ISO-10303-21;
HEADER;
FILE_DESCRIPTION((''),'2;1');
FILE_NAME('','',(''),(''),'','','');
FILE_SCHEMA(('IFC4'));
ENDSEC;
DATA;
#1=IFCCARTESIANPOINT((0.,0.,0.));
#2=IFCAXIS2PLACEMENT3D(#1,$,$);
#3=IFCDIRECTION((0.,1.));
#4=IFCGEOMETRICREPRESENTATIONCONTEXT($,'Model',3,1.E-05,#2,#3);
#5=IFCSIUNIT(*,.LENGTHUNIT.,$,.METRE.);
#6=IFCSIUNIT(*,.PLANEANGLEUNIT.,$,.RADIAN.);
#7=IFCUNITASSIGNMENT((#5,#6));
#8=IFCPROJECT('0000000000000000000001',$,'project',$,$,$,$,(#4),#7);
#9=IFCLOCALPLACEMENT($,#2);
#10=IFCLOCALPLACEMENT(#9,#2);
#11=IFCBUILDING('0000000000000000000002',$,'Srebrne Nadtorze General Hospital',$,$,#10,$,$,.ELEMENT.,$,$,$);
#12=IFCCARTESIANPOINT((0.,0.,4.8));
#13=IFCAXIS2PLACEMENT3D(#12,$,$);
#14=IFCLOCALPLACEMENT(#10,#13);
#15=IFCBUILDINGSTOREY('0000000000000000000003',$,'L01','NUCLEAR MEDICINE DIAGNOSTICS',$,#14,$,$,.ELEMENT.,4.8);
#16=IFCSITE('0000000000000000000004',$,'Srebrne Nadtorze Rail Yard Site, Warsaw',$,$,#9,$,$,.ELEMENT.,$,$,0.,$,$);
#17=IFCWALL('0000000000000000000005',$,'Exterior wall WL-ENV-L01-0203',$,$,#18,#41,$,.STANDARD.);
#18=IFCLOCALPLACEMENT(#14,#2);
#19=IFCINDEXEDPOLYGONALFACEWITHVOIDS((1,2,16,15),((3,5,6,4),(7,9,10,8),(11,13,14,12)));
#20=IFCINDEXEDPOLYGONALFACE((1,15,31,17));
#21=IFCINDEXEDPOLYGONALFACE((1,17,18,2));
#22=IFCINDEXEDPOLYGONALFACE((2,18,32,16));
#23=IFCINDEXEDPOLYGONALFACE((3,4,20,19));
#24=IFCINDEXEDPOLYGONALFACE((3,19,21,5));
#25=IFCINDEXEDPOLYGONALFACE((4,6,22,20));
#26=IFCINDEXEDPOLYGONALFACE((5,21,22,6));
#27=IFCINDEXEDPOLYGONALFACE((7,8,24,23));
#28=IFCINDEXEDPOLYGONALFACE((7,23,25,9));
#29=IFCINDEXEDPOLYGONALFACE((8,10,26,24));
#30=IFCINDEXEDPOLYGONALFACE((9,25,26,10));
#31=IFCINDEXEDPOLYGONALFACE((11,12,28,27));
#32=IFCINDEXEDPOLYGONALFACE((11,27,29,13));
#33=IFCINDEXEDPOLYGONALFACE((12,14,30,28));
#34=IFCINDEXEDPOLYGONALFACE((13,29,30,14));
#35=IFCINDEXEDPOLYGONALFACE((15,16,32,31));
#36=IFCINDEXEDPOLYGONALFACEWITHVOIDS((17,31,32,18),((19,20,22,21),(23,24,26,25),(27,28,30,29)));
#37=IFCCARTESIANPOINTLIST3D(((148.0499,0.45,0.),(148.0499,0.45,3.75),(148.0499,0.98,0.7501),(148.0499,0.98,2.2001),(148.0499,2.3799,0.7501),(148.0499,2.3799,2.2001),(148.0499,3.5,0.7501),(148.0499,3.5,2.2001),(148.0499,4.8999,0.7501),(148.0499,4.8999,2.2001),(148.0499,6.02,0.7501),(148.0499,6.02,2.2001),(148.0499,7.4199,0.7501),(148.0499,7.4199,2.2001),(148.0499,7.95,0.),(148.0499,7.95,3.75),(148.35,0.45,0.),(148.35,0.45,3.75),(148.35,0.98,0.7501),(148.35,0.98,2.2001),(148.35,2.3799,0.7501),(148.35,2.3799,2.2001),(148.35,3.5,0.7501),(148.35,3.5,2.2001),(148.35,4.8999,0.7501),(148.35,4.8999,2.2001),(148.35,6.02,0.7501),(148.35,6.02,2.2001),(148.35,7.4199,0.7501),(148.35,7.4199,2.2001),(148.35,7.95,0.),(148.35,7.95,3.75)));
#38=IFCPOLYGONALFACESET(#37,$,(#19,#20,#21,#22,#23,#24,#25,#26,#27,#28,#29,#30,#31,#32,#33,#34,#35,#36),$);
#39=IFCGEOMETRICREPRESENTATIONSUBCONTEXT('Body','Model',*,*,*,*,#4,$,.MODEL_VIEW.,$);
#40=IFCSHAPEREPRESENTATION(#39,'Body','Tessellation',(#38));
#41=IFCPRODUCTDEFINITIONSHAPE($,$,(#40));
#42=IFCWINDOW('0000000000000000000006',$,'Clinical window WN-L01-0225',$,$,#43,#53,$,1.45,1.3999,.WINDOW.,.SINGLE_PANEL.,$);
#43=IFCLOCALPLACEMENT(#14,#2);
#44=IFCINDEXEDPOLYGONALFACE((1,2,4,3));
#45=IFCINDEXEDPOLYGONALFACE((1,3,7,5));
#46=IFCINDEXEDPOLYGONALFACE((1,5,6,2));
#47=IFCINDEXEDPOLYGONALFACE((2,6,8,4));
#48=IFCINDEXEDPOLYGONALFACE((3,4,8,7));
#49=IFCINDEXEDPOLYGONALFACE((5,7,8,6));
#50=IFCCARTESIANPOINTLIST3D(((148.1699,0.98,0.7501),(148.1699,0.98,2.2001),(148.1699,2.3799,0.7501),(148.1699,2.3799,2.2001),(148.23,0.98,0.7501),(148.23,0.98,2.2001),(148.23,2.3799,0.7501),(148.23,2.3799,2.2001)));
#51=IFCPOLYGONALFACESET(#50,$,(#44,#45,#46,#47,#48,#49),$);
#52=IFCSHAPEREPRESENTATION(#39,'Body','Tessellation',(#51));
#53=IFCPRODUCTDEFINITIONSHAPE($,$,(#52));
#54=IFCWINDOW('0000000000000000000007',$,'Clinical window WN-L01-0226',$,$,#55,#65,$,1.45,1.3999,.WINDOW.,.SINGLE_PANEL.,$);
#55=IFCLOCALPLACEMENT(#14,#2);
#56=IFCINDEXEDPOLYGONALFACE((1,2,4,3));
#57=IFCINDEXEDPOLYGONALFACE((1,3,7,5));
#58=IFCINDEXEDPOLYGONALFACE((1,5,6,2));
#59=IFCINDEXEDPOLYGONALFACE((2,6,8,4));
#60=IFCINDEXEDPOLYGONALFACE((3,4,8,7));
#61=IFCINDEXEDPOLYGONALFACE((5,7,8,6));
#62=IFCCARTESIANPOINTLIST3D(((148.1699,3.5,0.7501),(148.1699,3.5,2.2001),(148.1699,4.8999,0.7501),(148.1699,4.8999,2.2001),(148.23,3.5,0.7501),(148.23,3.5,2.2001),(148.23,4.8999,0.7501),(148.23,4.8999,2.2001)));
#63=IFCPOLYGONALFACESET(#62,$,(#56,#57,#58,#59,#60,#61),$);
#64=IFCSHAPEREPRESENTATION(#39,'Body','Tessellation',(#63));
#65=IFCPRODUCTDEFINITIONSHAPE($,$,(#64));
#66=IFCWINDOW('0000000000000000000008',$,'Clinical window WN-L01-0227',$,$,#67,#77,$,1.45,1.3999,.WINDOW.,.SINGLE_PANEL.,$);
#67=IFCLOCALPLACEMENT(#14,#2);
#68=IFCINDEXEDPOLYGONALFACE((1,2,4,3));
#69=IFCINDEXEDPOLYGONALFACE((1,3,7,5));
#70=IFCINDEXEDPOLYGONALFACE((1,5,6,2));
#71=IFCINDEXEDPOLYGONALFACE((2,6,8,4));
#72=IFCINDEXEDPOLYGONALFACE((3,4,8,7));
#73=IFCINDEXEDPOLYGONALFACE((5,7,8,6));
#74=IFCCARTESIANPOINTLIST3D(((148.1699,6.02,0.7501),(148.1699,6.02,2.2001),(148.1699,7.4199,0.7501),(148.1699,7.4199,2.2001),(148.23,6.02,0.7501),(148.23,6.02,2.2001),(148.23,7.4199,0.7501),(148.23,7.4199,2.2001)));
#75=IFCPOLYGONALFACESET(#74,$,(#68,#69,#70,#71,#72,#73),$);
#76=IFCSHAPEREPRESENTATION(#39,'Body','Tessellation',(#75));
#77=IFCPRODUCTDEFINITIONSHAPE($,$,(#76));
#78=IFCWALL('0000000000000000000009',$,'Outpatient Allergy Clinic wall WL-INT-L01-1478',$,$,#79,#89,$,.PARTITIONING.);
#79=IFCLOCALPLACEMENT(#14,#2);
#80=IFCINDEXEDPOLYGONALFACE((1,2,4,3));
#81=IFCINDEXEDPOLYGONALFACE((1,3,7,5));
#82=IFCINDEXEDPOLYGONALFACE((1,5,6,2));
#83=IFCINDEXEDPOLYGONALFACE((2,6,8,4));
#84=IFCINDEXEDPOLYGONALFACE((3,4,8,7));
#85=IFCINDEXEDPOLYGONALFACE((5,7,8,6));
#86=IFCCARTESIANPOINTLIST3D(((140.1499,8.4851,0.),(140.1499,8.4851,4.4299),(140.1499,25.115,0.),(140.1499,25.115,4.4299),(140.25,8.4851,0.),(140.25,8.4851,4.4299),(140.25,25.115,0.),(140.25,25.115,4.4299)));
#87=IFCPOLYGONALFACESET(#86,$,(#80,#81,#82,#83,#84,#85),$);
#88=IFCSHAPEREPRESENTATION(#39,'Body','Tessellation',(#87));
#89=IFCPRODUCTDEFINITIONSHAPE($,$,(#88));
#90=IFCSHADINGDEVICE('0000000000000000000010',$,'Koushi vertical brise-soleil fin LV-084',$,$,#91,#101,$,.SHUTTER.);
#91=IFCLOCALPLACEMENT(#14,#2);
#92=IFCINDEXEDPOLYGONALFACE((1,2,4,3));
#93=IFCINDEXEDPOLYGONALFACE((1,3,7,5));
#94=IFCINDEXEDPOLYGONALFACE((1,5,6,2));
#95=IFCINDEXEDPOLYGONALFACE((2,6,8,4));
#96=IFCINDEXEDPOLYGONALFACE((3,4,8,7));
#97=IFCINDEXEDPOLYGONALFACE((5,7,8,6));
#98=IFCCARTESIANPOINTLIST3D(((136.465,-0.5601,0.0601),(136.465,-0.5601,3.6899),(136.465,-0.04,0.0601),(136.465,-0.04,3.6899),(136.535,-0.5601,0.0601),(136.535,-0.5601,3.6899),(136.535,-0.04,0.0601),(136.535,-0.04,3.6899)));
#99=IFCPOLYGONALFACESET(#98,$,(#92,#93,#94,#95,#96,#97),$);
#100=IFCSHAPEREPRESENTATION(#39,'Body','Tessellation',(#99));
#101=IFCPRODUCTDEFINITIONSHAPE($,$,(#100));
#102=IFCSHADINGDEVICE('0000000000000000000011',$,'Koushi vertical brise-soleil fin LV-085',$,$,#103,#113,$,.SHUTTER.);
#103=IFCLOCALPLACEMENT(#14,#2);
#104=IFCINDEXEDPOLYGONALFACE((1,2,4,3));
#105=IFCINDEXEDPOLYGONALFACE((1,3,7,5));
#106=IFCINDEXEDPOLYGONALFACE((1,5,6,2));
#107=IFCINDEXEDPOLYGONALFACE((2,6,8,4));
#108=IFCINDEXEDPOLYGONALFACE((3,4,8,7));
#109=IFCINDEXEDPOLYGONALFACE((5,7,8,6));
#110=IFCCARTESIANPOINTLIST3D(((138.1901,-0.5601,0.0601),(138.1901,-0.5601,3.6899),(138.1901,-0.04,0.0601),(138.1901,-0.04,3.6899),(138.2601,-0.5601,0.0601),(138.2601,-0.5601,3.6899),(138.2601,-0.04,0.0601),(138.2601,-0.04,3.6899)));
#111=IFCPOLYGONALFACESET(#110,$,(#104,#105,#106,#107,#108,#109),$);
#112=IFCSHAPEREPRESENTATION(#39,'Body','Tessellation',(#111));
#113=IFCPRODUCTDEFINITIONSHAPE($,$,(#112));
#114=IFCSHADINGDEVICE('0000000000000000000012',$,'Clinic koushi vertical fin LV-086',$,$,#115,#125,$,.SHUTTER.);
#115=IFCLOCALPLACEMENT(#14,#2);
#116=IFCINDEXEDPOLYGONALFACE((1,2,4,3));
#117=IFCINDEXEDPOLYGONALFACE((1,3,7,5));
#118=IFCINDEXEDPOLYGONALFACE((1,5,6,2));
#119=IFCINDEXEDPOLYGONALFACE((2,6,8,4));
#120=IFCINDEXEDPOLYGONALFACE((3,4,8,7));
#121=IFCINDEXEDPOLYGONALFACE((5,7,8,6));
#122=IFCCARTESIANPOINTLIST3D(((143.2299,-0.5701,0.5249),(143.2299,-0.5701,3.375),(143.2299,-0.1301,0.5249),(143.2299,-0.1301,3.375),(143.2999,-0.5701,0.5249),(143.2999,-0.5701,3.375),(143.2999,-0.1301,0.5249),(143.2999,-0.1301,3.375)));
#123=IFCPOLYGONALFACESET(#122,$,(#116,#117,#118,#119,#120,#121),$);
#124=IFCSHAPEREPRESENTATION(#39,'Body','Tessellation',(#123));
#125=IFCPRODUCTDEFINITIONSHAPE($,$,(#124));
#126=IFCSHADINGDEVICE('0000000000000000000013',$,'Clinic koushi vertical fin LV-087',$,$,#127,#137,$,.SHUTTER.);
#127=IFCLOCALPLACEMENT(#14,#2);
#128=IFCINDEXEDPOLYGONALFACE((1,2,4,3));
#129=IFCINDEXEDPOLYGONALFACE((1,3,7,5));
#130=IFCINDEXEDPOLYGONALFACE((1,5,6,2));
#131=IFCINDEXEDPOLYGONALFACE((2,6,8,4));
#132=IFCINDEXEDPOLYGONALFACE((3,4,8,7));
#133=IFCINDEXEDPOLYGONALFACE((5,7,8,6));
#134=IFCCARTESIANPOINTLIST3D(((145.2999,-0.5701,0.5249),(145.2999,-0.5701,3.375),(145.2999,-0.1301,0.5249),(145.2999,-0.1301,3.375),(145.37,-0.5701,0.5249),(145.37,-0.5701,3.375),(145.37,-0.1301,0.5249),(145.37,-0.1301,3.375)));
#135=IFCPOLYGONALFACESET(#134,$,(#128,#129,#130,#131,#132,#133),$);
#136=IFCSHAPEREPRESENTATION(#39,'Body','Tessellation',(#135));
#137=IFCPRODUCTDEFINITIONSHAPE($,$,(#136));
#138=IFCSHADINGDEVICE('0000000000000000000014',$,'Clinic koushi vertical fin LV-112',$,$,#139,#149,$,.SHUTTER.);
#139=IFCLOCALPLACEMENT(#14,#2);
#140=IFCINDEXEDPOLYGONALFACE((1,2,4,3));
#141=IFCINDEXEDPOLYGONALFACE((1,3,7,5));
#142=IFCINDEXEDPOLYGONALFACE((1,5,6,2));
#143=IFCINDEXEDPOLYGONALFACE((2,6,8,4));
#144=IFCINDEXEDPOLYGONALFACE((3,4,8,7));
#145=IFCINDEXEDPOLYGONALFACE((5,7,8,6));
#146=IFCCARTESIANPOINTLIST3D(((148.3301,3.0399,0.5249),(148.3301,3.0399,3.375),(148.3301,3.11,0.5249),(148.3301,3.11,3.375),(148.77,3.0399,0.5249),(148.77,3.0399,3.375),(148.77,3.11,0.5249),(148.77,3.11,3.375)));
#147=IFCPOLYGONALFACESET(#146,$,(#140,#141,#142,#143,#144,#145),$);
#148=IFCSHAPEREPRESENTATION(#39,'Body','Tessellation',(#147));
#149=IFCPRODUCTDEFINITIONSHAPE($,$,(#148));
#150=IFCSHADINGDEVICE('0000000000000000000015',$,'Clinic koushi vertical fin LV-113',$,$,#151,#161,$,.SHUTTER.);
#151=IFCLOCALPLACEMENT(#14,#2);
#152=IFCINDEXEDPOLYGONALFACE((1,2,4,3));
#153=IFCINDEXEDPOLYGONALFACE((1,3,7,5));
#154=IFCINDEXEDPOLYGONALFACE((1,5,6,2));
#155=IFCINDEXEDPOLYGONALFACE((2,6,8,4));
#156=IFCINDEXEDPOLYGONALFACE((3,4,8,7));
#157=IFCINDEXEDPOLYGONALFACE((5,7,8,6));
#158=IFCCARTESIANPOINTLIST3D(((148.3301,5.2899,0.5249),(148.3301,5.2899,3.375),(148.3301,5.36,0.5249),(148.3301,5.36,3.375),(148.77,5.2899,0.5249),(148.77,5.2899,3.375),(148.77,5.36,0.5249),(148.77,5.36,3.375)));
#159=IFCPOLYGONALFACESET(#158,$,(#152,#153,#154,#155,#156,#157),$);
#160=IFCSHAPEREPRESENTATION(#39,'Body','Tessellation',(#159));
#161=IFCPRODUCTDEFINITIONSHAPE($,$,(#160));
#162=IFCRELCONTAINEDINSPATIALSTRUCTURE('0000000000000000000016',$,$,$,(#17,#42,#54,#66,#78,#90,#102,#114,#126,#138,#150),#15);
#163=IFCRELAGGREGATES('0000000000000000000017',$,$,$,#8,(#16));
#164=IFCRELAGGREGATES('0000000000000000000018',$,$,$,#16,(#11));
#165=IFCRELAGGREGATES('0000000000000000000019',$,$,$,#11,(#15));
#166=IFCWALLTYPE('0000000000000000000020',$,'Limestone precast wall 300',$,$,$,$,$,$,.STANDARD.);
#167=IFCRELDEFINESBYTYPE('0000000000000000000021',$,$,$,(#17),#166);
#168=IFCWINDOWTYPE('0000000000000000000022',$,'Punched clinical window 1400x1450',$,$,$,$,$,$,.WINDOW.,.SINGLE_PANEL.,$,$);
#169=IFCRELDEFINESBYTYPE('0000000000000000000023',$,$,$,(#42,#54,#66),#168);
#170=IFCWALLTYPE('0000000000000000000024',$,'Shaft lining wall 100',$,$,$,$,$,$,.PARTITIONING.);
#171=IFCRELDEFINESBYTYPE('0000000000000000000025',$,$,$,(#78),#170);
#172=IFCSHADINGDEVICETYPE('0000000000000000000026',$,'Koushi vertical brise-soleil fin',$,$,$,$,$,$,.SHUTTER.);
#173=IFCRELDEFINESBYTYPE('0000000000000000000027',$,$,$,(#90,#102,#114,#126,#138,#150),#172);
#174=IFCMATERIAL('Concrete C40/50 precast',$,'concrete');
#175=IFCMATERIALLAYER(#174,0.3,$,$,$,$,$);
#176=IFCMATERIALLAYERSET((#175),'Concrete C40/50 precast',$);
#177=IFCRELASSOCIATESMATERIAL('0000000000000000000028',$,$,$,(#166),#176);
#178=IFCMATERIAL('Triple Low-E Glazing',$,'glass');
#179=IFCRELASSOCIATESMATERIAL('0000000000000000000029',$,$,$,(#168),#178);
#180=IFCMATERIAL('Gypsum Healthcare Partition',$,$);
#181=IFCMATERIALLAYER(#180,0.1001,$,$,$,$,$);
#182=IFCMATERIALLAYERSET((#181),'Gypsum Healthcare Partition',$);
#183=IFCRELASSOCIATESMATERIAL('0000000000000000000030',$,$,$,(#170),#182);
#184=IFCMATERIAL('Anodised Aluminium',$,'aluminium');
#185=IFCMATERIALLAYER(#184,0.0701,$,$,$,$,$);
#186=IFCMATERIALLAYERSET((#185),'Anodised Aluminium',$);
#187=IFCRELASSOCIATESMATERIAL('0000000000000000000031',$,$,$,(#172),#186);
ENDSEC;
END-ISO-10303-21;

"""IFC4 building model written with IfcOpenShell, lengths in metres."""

from ifc_helpers import new_model, si_unit, direction, frame, frame_2d, origin, origin_2d, place, context, subcontext, project, spatial, rectangle, extrude, material, layer, layer_set, type_object, element, fill, save


model = new_model("IFC4")

# Units and contexts
model_context = context("Model", 3, precision=1e-05, world=origin(), true_north=direction((0.0, 1.0)))
body_context = subcontext(model_context, "Body", "Model", "MODEL_VIEW")
ifc_project = project(units=[si_unit("LENGTHUNIT", "METRE"), si_unit("PLANEANGLEUNIT", "RADIAN")], contexts=[model_context])

# Site, building, storey
site_placement = place(None, origin())
site = spatial("IfcSite", under=ifc_project, at=site_placement, Name="Srebrne Nadtorze Rail Yard Site, Warsaw", CompositionType="ELEMENT", RefElevation=0.0)
building_placement = place(site_placement, origin())
building = spatial("IfcBuilding", under=site, at=building_placement, Name="Srebrne Nadtorze General Hospital", CompositionType="ELEMENT")
storey_placement = place(building_placement, frame((0.0, 0.0, 4.8)))
storey = spatial("IfcBuildingStorey", under=building, at=storey_placement, Name="L01", Description="NUCLEAR MEDICINE DIAGNOSTICS", CompositionType="ELEMENT", Elevation=4.8)

# Wall, openings, windows
ifc_material_1 = material(Name="Concrete C40/50 precast", Category="concrete")
ifc_layer_1 = layer(ifc_material_1, 0.3)
ifc_layer_set_1 = layer_set([ifc_layer_1], Name="Concrete C40/50 precast")
wall_type_1 = type_object("IfcWallType", Name="Limestone precast wall 300", PredefinedType="STANDARD", material=ifc_layer_set_1)
wall_1_placement = place(storey_placement, frame((148.2, 0.45, 0.0), z_axis=(0.0, 0.0, 1.0), x_axis=(0.0, 1.0, 0.0)))
wall_1 = element("IfcWall", 1, at=wall_1_placement, inside=storey, type_object=wall_type_1, Name="Exterior wall WL-ENV-L01-0203", PredefinedType="STANDARD", context=body_context, shape_type="SweptSolid", body=[
    extrude(rectangle(XDim=7.5, YDim=0.3, at=frame_2d((3.75, 0.0))), origin(), (0.0, 0.0, 1.0), 3.75),
])
opening_1_placement = place(wall_1_placement, frame((0.53, 0.0, 0.75)))
opening_1 = element("IfcOpeningElement", 2, at=opening_1_placement, cuts=wall_1, PredefinedType="OPENING", context=body_context, shape_type="SweptSolid", body=[
    extrude(rectangle(XDim=1.3999, YDim=1.45, at=frame_2d((0.7, 0.7251))), frame((0.0, 0.1621, 0.0), z_axis=(0.0, -1.0, 0.0), x_axis=(1.0, 0.0, 0.0)), (0.0, 0.0, 1.0), 0.324),
])
opening_2_placement = place(wall_1_placement, frame((3.05, 0.0, 0.75)))
opening_2 = element("IfcOpeningElement", 3, at=opening_2_placement, cuts=wall_1, PredefinedType="OPENING", context=body_context, shape_type="SweptSolid", body=[
    extrude(rectangle(XDim=1.3999, YDim=1.45, at=frame_2d((0.7, 0.7251))), frame((0.0, 0.1621, 0.0), z_axis=(0.0, -1.0, 0.0), x_axis=(1.0, 0.0, 0.0)), (0.0, 0.0, 1.0), 0.324),
])
opening_3_placement = place(wall_1_placement, frame((5.5701, 0.0, 0.75)))
opening_3 = element("IfcOpeningElement", 4, at=opening_3_placement, cuts=wall_1, PredefinedType="OPENING", context=body_context, shape_type="SweptSolid", body=[
    extrude(rectangle(XDim=1.3999, YDim=1.45, at=frame_2d((0.7, 0.7251))), frame((0.0, 0.1621, 0.0), z_axis=(0.0, -1.0, 0.0), x_axis=(1.0, 0.0, 0.0)), (0.0, 0.0, 1.0), 0.324),
])
ifc_material_2 = material(Name="Triple Low-E Glazing", Category="glass")
window_type_1 = type_object("IfcWindowType", Name="Punched clinical window 1400x1450", PartitioningType="SINGLE_PANEL", PredefinedType="WINDOW", material=ifc_material_2)
window_1_placement = place(opening_1_placement, origin())
window_1 = element("IfcWindow", 5, at=window_1_placement, inside=storey, type_object=window_type_1, Name="Clinical window WN-L01-0225", OverallHeight=1.45, OverallWidth=1.3999, PartitioningType="SINGLE_PANEL", PredefinedType="WINDOW", context=body_context, shape_type="SweptSolid", body=[
    extrude(rectangle(XDim=1.3999, YDim=1.45, at=frame_2d((0.7, 0.7251))), frame((0.0, 0.03, 0.0), z_axis=(0.0, -1.0, 0.0), x_axis=(1.0, 0.0, 0.0)), (0.0, 0.0, 1.0), 0.0601),
])
fill(opening_1, window_1)
window_2_placement = place(opening_2_placement, origin())
window_2 = element("IfcWindow", 6, at=window_2_placement, inside=storey, type_object=window_type_1, Name="Clinical window WN-L01-0226", OverallHeight=1.45, OverallWidth=1.3999, PartitioningType="SINGLE_PANEL", PredefinedType="WINDOW", context=body_context, shape_type="SweptSolid", body=[
    extrude(rectangle(XDim=1.3999, YDim=1.45, at=frame_2d((0.7, 0.7251))), frame((0.0, 0.03, 0.0), z_axis=(0.0, -1.0, 0.0), x_axis=(1.0, 0.0, 0.0)), (0.0, 0.0, 1.0), 0.0601),
])
fill(opening_2, window_2)
window_3_placement = place(opening_3_placement, origin())
window_3 = element("IfcWindow", 7, at=window_3_placement, inside=storey, type_object=window_type_1, Name="Clinical window WN-L01-0227", OverallHeight=1.45, OverallWidth=1.3999, PartitioningType="SINGLE_PANEL", PredefinedType="WINDOW", context=body_context, shape_type="SweptSolid", body=[
    extrude(rectangle(XDim=1.3999, YDim=1.45, at=frame_2d((0.7, 0.7251))), frame((0.0, 0.03, 0.0), z_axis=(0.0, -1.0, 0.0), x_axis=(1.0, 0.0, 0.0)), (0.0, 0.0, 1.0), 0.0601),
])
fill(opening_3, window_3)

# Wall
ifc_material_3 = material(Name="Gypsum Healthcare Partition")
ifc_layer_2 = layer(ifc_material_3, 0.1001)
ifc_layer_set_2 = layer_set([ifc_layer_2], Name="Gypsum Healthcare Partition")
wall_type_2 = type_object("IfcWallType", Name="Shaft lining wall 100", PredefinedType="PARTITIONING", material=ifc_layer_set_2)
wall_2_placement = place(storey_placement, frame((140.2, 8.4851, 0.0), z_axis=(0.0, 0.0, 1.0), x_axis=(0.0, 1.0, 0.0)))
element("IfcWall", 8, at=wall_2_placement, inside=storey, type_object=wall_type_2, Name="Outpatient Allergy Clinic wall WL-INT-L01-1478", PredefinedType="PARTITIONING", context=body_context, shape_type="SweptSolid", body=[
    extrude(rectangle(XDim=16.6299, YDim=0.1001, at=frame_2d((8.3149, 0.0))), origin(), (0.0, 0.0, 1.0), 4.4299),
])

# Shading devices
ifc_material_4 = material(Name="Anodised Aluminium", Category="aluminium")
ifc_layer_3 = layer(ifc_material_4, 0.0701)
ifc_layer_set_3 = layer_set([ifc_layer_3], Name="Anodised Aluminium")
shading_device_type = type_object("IfcShadingDeviceType", Name="Koushi vertical brise-soleil fin", PredefinedType="SHUTTER", material=ifc_layer_set_3)
for number, where, z_axis, x_axis, name in (
    (9, (136.5, -0.3, 0.0601), (0.0, 0.0, 1.0), (1.0, 0.0, 0.0), "Koushi vertical brise-soleil fin LV-084"),
    (10, (138.2251, -0.3, 0.0601), (0.0, 0.0, 1.0), (1.0, 0.0, 0.0), "Koushi vertical brise-soleil fin LV-085"),
):
    element("IfcShadingDevice", number, at=place(storey_placement, frame(where, z_axis=z_axis, x_axis=x_axis)), inside=storey, type_object=shading_device_type, Name=name, PredefinedType="SHUTTER", context=body_context, shape_type="SweptSolid", body=[
        extrude(rectangle(XDim=0.0701, YDim=0.52, at=origin_2d()), origin(), (0.0, 0.0, 1.0), 3.6299),
    ])
for number, where, z_axis, x_axis, name in (
    (11, (143.2649, -0.3501, 0.5249), (0.0, 0.0, 1.0), (1.0, 0.0, 0.0), "Clinic koushi vertical fin LV-086"),
    (12, (145.335, -0.3501, 0.5249), (0.0, 0.0, 1.0), (1.0, 0.0, 0.0), "Clinic koushi vertical fin LV-087"),
):
    element("IfcShadingDevice", number, at=place(storey_placement, frame(where, z_axis=z_axis, x_axis=x_axis)), inside=storey, type_object=shading_device_type, Name=name, PredefinedType="SHUTTER", context=body_context, shape_type="SweptSolid", body=[
        extrude(rectangle(XDim=0.0701, YDim=0.4399, at=origin_2d()), origin(), (0.0, 0.0, 1.0), 2.8501),
    ])
for number, where, z_axis, x_axis, name in (
    (13, (148.55, 3.075, 0.5249), (0.0, 0.0, 1.0), (1.0, 0.0, 0.0), "Clinic koushi vertical fin LV-112"),
    (14, (148.55, 5.325, 0.5249), (0.0, 0.0, 1.0), (1.0, 0.0, 0.0), "Clinic koushi vertical fin LV-113"),
):
    element("IfcShadingDevice", number, at=place(storey_placement, frame(where, z_axis=z_axis, x_axis=x_axis)), inside=storey, type_object=shading_device_type, Name=name, PredefinedType="SHUTTER", context=body_context, shape_type="SweptSolid", body=[
        extrude(rectangle(XDim=0.4399, YDim=0.0701, at=origin_2d()), origin(), (0.0, 0.0, 1.0), 2.8501),
    ])

save(model, "model.ifc")
